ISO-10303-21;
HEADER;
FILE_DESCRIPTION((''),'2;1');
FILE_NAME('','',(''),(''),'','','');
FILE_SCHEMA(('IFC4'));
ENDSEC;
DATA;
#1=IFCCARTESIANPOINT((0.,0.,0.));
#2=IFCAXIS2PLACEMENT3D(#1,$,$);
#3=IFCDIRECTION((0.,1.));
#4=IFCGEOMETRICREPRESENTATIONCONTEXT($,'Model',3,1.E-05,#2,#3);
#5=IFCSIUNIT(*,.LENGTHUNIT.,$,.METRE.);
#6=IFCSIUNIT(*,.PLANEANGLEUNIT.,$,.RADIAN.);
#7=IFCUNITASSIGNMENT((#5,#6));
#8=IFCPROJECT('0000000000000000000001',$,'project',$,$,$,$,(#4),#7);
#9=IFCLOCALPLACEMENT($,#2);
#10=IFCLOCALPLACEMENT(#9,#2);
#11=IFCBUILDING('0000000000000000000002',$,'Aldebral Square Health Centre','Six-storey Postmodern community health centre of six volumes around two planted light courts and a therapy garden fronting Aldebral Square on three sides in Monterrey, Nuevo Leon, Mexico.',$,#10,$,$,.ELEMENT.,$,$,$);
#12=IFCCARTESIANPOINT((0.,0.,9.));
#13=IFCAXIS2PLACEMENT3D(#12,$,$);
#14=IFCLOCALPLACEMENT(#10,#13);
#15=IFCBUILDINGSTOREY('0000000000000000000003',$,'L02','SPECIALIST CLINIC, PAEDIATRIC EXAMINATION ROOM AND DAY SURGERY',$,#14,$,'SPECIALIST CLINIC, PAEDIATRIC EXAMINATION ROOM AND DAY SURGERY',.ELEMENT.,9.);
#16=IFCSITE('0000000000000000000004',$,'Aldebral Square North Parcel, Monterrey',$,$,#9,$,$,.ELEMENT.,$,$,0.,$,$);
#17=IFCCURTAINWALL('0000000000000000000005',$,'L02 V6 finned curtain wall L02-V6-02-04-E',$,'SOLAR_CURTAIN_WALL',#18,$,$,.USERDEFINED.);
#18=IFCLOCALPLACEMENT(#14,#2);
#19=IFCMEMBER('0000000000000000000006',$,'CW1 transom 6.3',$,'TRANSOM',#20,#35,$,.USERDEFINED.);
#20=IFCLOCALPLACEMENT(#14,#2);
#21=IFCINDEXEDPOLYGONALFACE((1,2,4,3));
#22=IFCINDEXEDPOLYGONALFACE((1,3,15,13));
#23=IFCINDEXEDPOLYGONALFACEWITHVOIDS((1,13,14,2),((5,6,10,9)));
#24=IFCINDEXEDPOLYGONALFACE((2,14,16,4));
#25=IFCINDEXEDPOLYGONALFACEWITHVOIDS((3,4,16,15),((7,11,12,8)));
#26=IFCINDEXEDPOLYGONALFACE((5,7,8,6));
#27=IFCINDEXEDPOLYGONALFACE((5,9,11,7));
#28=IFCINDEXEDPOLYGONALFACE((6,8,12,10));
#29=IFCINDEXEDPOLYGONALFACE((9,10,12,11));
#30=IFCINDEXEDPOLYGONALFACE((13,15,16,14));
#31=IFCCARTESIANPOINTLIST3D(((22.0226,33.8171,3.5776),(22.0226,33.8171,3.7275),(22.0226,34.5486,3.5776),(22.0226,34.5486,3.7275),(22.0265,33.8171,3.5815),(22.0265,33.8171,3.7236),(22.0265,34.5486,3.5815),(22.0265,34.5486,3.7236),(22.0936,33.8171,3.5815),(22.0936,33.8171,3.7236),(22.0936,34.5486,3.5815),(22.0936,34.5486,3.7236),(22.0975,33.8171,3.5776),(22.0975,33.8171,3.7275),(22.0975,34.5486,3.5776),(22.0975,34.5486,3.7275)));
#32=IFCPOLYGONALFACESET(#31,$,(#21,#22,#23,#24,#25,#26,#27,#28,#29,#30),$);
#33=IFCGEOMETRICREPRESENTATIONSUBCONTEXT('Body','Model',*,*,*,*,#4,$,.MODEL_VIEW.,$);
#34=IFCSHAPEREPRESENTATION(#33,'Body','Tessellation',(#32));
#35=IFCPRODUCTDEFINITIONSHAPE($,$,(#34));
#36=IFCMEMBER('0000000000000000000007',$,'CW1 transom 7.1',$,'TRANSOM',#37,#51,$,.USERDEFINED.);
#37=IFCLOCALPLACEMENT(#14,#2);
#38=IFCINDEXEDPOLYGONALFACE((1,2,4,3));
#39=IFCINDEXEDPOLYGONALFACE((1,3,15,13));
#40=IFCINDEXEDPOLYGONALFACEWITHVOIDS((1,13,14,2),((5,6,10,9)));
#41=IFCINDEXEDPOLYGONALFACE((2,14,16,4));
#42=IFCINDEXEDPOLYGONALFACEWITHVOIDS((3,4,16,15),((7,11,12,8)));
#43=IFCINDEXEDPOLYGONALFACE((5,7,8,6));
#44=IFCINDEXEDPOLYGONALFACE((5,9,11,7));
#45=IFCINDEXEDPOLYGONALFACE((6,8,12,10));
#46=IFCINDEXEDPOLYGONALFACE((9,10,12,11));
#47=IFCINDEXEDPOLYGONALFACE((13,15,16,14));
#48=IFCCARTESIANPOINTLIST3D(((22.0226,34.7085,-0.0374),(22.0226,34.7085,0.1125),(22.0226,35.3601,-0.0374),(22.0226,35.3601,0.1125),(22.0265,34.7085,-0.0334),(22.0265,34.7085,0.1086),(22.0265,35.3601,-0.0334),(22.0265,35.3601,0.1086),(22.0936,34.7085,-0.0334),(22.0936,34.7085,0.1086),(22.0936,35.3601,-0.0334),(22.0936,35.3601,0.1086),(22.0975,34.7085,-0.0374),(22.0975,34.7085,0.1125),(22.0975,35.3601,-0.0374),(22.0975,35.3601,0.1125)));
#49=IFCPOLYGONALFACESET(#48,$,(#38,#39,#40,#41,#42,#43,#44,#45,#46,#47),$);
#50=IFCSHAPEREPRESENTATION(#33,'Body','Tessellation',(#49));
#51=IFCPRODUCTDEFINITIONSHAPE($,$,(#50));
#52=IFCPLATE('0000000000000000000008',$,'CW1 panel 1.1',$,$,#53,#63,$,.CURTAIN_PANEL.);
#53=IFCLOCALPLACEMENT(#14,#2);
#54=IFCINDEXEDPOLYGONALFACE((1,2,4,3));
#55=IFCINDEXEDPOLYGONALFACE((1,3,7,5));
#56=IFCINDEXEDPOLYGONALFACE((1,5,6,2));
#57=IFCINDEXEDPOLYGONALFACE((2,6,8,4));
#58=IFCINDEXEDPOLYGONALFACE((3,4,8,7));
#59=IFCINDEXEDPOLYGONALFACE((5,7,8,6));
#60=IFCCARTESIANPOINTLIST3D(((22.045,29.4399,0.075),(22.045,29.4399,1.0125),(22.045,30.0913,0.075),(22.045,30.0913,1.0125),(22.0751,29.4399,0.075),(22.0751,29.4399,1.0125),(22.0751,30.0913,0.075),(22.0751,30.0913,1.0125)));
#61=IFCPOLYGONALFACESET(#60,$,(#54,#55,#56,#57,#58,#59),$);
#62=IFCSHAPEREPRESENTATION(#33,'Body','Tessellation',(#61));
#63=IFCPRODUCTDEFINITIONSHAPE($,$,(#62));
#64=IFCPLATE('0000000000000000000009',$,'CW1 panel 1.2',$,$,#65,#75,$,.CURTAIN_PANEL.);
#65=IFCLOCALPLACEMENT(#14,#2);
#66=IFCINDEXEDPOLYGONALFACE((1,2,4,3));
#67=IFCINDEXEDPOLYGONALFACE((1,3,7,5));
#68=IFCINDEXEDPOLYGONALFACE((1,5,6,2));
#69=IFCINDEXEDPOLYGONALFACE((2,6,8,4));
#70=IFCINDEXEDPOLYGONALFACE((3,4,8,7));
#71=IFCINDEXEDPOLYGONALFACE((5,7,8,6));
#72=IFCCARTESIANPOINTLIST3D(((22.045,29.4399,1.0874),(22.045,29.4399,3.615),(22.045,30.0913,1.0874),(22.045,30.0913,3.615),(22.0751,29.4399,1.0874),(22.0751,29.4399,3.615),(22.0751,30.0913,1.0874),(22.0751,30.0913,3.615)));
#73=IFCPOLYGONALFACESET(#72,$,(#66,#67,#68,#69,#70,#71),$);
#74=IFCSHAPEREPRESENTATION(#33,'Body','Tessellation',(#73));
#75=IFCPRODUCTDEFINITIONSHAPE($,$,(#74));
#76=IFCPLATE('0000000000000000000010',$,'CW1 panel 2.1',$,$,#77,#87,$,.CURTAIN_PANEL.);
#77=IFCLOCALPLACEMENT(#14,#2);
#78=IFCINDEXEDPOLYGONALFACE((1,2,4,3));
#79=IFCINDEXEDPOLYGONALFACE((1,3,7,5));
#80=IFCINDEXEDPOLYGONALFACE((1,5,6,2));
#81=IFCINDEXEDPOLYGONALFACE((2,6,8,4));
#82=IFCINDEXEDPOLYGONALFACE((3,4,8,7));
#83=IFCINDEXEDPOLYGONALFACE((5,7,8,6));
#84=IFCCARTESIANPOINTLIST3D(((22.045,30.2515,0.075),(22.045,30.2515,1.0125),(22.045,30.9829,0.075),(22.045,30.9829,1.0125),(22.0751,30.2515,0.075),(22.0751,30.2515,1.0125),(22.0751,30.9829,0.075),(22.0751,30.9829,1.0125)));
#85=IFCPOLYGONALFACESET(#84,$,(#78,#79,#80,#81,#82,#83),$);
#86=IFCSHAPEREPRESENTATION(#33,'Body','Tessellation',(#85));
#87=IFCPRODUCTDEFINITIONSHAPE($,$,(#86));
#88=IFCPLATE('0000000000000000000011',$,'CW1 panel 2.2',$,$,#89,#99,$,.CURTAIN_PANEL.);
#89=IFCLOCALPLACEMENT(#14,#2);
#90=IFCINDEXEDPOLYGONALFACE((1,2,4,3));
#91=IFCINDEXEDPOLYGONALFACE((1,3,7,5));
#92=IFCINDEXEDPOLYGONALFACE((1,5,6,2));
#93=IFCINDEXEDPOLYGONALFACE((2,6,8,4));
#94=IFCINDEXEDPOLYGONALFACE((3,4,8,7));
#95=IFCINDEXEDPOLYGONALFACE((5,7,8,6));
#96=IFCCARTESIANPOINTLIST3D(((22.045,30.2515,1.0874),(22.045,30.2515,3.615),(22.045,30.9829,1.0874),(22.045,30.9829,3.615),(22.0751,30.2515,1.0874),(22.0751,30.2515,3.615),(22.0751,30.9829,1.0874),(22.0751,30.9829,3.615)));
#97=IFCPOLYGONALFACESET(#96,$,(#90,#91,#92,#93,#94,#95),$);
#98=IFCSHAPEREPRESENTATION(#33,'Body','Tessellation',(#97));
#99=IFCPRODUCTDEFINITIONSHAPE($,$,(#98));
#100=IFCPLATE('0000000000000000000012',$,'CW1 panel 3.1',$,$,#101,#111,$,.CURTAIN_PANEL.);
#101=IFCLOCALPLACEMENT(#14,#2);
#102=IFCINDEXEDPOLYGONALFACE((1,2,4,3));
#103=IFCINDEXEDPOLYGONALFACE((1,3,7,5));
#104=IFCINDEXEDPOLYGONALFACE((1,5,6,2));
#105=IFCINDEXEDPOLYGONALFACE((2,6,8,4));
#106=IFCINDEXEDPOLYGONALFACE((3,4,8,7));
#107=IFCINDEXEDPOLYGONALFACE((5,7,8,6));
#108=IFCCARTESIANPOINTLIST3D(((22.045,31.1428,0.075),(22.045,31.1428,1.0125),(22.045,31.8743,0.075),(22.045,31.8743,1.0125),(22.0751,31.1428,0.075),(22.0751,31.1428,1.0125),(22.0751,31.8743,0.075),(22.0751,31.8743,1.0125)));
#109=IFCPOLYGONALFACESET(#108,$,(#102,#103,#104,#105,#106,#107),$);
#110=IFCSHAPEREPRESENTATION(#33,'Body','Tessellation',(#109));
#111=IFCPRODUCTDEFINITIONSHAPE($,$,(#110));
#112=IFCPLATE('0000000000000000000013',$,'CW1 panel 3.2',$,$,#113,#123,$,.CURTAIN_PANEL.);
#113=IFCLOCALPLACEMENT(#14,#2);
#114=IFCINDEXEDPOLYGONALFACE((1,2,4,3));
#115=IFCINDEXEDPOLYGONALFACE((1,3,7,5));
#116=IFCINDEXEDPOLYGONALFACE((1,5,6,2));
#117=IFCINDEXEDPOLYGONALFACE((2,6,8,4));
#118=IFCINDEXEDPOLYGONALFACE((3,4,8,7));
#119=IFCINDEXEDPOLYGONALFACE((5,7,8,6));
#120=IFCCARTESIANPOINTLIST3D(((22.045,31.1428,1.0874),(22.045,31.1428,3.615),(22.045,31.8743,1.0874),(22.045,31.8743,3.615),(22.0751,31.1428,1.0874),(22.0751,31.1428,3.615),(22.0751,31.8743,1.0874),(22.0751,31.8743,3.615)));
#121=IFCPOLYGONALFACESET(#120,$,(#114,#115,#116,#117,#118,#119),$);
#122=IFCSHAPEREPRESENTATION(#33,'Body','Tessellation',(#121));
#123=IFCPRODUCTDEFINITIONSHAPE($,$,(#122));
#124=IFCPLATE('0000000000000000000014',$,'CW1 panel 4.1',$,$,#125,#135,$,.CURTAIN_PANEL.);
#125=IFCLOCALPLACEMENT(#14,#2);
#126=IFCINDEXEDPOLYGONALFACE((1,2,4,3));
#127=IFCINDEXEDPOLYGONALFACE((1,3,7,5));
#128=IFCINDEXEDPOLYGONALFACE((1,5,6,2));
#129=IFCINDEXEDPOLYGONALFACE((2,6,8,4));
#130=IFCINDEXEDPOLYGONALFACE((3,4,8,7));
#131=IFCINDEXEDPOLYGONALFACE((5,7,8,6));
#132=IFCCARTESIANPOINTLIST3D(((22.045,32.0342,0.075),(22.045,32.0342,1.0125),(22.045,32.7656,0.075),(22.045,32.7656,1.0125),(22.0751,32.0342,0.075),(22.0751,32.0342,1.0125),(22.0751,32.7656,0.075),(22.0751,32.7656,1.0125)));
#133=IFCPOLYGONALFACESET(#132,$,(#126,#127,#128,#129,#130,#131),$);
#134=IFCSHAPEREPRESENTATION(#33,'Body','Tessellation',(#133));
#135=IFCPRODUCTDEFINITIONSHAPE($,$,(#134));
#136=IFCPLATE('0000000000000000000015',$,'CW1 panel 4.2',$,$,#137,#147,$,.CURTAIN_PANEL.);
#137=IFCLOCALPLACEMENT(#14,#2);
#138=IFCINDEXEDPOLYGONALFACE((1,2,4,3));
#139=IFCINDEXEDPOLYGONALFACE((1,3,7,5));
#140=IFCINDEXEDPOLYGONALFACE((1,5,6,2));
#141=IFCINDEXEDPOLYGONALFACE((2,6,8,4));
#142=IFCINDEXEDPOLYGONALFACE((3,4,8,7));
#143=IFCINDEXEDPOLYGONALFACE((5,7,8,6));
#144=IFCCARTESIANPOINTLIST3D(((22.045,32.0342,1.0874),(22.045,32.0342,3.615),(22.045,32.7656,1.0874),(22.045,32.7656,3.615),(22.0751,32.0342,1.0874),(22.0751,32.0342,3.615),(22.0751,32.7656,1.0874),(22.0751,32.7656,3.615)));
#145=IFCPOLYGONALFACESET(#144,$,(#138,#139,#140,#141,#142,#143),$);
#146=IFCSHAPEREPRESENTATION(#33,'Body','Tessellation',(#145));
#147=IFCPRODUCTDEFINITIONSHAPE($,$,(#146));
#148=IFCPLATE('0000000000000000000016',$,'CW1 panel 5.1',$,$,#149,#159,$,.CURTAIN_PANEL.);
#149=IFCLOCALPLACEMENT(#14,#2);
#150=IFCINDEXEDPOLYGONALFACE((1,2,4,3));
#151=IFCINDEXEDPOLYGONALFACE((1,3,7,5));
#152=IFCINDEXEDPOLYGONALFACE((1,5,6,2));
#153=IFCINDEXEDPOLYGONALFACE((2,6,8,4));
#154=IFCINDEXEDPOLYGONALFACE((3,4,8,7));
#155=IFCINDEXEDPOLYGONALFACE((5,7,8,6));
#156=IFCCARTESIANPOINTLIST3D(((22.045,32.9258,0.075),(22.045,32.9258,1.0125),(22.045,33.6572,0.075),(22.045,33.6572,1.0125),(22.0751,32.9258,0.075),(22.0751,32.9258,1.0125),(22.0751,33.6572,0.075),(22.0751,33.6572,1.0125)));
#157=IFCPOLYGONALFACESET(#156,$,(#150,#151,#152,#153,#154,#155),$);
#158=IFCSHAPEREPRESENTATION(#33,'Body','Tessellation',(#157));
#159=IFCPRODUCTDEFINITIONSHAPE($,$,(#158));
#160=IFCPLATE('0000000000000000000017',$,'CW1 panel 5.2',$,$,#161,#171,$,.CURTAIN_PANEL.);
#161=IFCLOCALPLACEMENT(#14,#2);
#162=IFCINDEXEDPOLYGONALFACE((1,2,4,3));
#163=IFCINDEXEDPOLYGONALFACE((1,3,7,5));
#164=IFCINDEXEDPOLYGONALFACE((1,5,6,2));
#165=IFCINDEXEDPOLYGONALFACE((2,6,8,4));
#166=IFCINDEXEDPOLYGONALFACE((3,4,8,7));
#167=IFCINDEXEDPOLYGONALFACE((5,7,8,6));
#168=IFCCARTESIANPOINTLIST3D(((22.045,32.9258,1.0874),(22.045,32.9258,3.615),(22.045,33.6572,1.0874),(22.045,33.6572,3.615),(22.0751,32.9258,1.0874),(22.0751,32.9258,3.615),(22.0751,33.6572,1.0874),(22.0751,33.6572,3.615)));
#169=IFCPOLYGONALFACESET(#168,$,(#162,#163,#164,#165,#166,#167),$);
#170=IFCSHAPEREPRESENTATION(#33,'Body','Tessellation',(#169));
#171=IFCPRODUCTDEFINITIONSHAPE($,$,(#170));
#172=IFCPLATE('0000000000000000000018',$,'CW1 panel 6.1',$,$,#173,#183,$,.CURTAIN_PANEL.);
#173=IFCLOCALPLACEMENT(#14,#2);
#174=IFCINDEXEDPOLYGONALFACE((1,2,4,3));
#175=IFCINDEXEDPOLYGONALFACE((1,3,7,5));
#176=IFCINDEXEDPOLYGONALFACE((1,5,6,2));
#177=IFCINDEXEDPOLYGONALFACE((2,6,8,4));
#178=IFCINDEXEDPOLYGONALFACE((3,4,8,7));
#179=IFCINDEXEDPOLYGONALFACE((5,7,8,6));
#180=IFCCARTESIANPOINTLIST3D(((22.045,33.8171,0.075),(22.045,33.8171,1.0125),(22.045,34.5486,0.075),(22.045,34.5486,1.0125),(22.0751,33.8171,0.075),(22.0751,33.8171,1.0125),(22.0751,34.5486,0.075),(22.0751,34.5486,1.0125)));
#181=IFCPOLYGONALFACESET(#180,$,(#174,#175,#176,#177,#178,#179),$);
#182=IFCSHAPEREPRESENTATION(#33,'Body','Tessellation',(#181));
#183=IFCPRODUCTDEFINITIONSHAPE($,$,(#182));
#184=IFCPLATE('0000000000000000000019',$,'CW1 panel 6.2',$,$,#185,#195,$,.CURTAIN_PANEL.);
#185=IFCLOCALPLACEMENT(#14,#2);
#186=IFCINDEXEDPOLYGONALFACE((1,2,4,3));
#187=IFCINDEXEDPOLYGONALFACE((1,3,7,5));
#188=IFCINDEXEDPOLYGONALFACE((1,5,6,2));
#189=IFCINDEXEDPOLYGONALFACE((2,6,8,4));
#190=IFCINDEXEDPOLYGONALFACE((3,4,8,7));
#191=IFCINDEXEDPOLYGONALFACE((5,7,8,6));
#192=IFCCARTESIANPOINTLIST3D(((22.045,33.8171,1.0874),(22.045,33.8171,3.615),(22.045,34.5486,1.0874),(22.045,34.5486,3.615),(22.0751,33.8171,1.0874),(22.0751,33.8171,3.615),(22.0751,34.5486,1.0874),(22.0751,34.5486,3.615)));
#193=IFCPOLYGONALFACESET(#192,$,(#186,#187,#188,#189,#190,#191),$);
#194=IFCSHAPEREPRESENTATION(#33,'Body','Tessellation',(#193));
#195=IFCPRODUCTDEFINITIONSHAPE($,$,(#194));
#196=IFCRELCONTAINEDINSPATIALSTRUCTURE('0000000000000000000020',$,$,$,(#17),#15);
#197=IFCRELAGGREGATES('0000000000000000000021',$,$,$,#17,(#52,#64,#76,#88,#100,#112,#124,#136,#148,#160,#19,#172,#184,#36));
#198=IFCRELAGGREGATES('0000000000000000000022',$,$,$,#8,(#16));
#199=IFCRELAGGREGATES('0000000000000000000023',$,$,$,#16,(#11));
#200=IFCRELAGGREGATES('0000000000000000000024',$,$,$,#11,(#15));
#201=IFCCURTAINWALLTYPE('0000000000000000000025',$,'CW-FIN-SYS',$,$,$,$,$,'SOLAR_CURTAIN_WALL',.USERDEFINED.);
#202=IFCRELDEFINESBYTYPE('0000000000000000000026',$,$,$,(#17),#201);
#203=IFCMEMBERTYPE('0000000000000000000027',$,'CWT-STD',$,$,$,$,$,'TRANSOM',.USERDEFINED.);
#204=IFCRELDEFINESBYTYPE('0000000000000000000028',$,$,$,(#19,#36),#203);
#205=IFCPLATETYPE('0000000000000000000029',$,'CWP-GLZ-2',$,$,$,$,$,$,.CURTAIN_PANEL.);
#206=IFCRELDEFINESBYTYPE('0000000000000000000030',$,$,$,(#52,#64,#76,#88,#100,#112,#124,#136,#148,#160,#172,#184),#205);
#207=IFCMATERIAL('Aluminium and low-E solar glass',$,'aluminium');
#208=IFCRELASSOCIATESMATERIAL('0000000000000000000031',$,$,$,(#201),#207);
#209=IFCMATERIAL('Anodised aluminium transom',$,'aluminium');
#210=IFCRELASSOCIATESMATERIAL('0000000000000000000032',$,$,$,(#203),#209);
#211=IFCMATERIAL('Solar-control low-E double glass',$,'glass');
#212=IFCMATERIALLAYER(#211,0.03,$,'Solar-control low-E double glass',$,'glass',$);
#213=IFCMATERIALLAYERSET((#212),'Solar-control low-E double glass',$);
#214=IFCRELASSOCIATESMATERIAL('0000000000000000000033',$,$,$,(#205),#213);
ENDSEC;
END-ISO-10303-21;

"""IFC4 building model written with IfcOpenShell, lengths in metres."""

from ifc_helpers import new_model, si_unit, direction, frame, origin, origin_2d, place, context, subcontext, project, spatial, rectangle, hollow_rectangle, extrude, material, layer, layer_set, material_profile, profile_set, type_object, element, aggregate, save


model = new_model("IFC4")

# Units and contexts
model_context = context("Model", 3, precision=1e-05, world=origin(), true_north=direction((0.0, 1.0)))
body_context = subcontext(model_context, "Body", "Model", "MODEL_VIEW")
ifc_project = project(units=[si_unit("LENGTHUNIT", "METRE"), si_unit("PLANEANGLEUNIT", "RADIAN")], contexts=[model_context])

# Site, building, storey
site_placement = place(None, origin())
site = spatial("IfcSite", under=ifc_project, at=site_placement, Name="Aldebral Square North Parcel, Monterrey", CompositionType="ELEMENT", RefElevation=0.0)
building_placement = place(site_placement, origin())
building = spatial("IfcBuilding", under=site, at=building_placement, Name="Aldebral Square Health Centre", Description="Six-storey Postmodern community health centre of six volumes around two planted light courts and a therapy garden fronting Aldebral Square on three sides in Monterrey, Nuevo Leon, Mexico.", CompositionType="ELEMENT")
storey_placement = place(building_placement, frame((0.0, 0.0, 9.0)))
storey = spatial("IfcBuildingStorey", under=building, at=storey_placement, Name="L02", Description="SPECIALIST CLINIC, PAEDIATRIC EXAMINATION ROOM AND DAY SURGERY", LongName="SPECIALIST CLINIC, PAEDIATRIC EXAMINATION ROOM AND DAY SURGERY", CompositionType="ELEMENT", Elevation=9.0)

# Curtain wall, members, plates
ifc_material_1 = material(Name="Aluminium and low-E solar glass", Category="aluminium")
curtain_wall_type = type_object("IfcCurtainWallType", Name="CW-FIN-SYS", ElementType="SOLAR_CURTAIN_WALL", PredefinedType="USERDEFINED", material=ifc_material_1)
curtain_wall_placement = place(storey_placement, origin())
curtain_wall = element("IfcCurtainWall", 1, at=curtain_wall_placement, inside=storey, type_object=curtain_wall_type, Name="L02 V6 finned curtain wall L02-V6-02-04-E", ObjectType="SOLAR_CURTAIN_WALL", PredefinedType="USERDEFINED")
ifc_material_2 = material(Name="Anodised aluminium transom", Category="aluminium")
ifc_material_profile_1 = material_profile(ifc_material_2, hollow_rectangle(XDim=0.075, YDim=0.1499, WallThickness=0.0039, at=origin_2d()), Name="CWT 75x150x4")
ifc_profile_set_1 = profile_set([ifc_material_profile_1], Name="Anodised aluminium transom")
member_type_1 = type_object("IfcMemberType", Name="CWT-STD", ElementType="TRANSOM", PredefinedType="USERDEFINED", material=ifc_profile_set_1)
member_1_placement = place(storey_placement, frame((22.0601, 33.8171, 3.6526), z_axis=(0.0, 1.0, 0.0), x_axis=(-1.0, 0.0, 0.0)))
member_1 = element("IfcMember", 2, at=member_1_placement, type_object=member_type_1, Name="CW1 transom 6.3", ObjectType="TRANSOM", PredefinedType="USERDEFINED", context=body_context, shape_type="SweptSolid", body=[
    extrude(hollow_rectangle(XDim=0.075, YDim=0.1499, WallThickness=0.0039, at=origin_2d()), origin(), (0.0, 0.0, 1.0), 0.7314),
])
member_2_placement = place(storey_placement, frame((22.0601, 34.7085, 0.0376), z_axis=(0.0, 1.0, 0.0), x_axis=(-1.0, 0.0, 0.0)))
member_2 = element("IfcMember", 3, at=member_2_placement, type_object=member_type_1, Name="CW1 transom 7.1", ObjectType="TRANSOM", PredefinedType="USERDEFINED", context=body_context, shape_type="SweptSolid", body=[
    extrude(hollow_rectangle(XDim=0.075, YDim=0.1499, WallThickness=0.0039, at=origin_2d()), origin(), (0.0, 0.0, 1.0), 0.6516),
])
ifc_material_3 = material(Name="Solar-control low-E double glass", Category="glass")
ifc_layer = layer(ifc_material_3, 0.03, Name="Solar-control low-E double glass", Category="glass")
ifc_layer_set = layer_set([ifc_layer], Name="Solar-control low-E double glass")
plate_type = type_object("IfcPlateType", Name="CWP-GLZ-2", PredefinedType="CURTAIN_PANEL", material=ifc_layer_set)
plate_1_placement = place(storey_placement, frame((22.0601, 29.7656, 0.075), z_axis=(0.0, 0.0, 1.0), x_axis=(0.0, 1.0, 0.0)))
plate_1 = element("IfcPlate", 4, at=plate_1_placement, type_object=plate_type, Name="CW1 panel 1.1", PredefinedType="CURTAIN_PANEL", context=body_context, shape_type="SweptSolid", body=[
    extrude(rectangle(XDim=0.6514, YDim=0.03, at=origin_2d()), origin(), (0.0, 0.0, 1.0), 0.9375),
])
plate_2_placement = place(storey_placement, frame((22.0601, 29.7656, 1.0874), z_axis=(0.0, 0.0, 1.0), x_axis=(0.0, 1.0, 0.0)))
plate_2 = element("IfcPlate", 5, at=plate_2_placement, type_object=plate_type, Name="CW1 panel 1.2", PredefinedType="CURTAIN_PANEL", context=body_context, shape_type="SweptSolid", body=[
    extrude(rectangle(XDim=0.6514, YDim=0.03, at=origin_2d()), origin(), (0.0, 0.0, 1.0), 2.5276),
])
plate_3_placement = place(storey_placement, frame((22.0601, 30.6172, 0.075), z_axis=(0.0, 0.0, 1.0), x_axis=(0.0, 1.0, 0.0)))
plate_3 = element("IfcPlate", 6, at=plate_3_placement, type_object=plate_type, Name="CW1 panel 2.1", PredefinedType="CURTAIN_PANEL", context=body_context, shape_type="SweptSolid", body=[
    extrude(rectangle(XDim=0.7314, YDim=0.03, at=origin_2d()), origin(), (0.0, 0.0, 1.0), 0.9375),
])
plate_4_placement = place(storey_placement, frame((22.0601, 30.6172, 1.0874), z_axis=(0.0, 0.0, 1.0), x_axis=(0.0, 1.0, 0.0)))
plate_4 = element("IfcPlate", 7, at=plate_4_placement, type_object=plate_type, Name="CW1 panel 2.2", PredefinedType="CURTAIN_PANEL", context=body_context, shape_type="SweptSolid", body=[
    extrude(rectangle(XDim=0.7314, YDim=0.03, at=origin_2d()), origin(), (0.0, 0.0, 1.0), 2.5276),
])
plate_5_placement = place(storey_placement, frame((22.0601, 31.5085, 0.075), z_axis=(0.0, 0.0, 1.0), x_axis=(0.0, 1.0, 0.0)))
plate_5 = element("IfcPlate", 8, at=plate_5_placement, type_object=plate_type, Name="CW1 panel 3.1", PredefinedType="CURTAIN_PANEL", context=body_context, shape_type="SweptSolid", body=[
    extrude(rectangle(XDim=0.7314, YDim=0.03, at=origin_2d()), origin(), (0.0, 0.0, 1.0), 0.9375),
])
plate_6_placement = place(storey_placement, frame((22.0601, 31.5085, 1.0874), z_axis=(0.0, 0.0, 1.0), x_axis=(0.0, 1.0, 0.0)))
plate_6 = element("IfcPlate", 9, at=plate_6_placement, type_object=plate_type, Name="CW1 panel 3.2", PredefinedType="CURTAIN_PANEL", context=body_context, shape_type="SweptSolid", body=[
    extrude(rectangle(XDim=0.7314, YDim=0.03, at=origin_2d()), origin(), (0.0, 0.0, 1.0), 2.5276),
])
plate_7_placement = place(storey_placement, frame((22.0601, 32.3999, 0.075), z_axis=(0.0, 0.0, 1.0), x_axis=(0.0, 1.0, 0.0)))
plate_7 = element("IfcPlate", 10, at=plate_7_placement, type_object=plate_type, Name="CW1 panel 4.1", PredefinedType="CURTAIN_PANEL", context=body_context, shape_type="SweptSolid", body=[
    extrude(rectangle(XDim=0.7314, YDim=0.03, at=origin_2d()), origin(), (0.0, 0.0, 1.0), 0.9375),
])
plate_8_placement = place(storey_placement, frame((22.0601, 32.3999, 1.0874), z_axis=(0.0, 0.0, 1.0), x_axis=(0.0, 1.0, 0.0)))
plate_8 = element("IfcPlate", 11, at=plate_8_placement, type_object=plate_type, Name="CW1 panel 4.2", PredefinedType="CURTAIN_PANEL", context=body_context, shape_type="SweptSolid", body=[
    extrude(rectangle(XDim=0.7314, YDim=0.03, at=origin_2d()), origin(), (0.0, 0.0, 1.0), 2.5276),
])
plate_9_placement = place(storey_placement, frame((22.0601, 33.2915, 0.075), z_axis=(0.0, 0.0, 1.0), x_axis=(0.0, 1.0, 0.0)))
plate_9 = element("IfcPlate", 12, at=plate_9_placement, type_object=plate_type, Name="CW1 panel 5.1", PredefinedType="CURTAIN_PANEL", context=body_context, shape_type="SweptSolid", body=[
    extrude(rectangle(XDim=0.7314, YDim=0.03, at=origin_2d()), origin(), (0.0, 0.0, 1.0), 0.9375),
])
plate_10_placement = place(storey_placement, frame((22.0601, 33.2915, 1.0874), z_axis=(0.0, 0.0, 1.0), x_axis=(0.0, 1.0, 0.0)))
plate_10 = element("IfcPlate", 13, at=plate_10_placement, type_object=plate_type, Name="CW1 panel 5.2", PredefinedType="CURTAIN_PANEL", context=body_context, shape_type="SweptSolid", body=[
    extrude(rectangle(XDim=0.7314, YDim=0.03, at=origin_2d()), origin(), (0.0, 0.0, 1.0), 2.5276),
])
plate_11_placement = place(storey_placement, frame((22.0601, 34.1829, 0.075), z_axis=(0.0, 0.0, 1.0), x_axis=(0.0, 1.0, 0.0)))
plate_11 = element("IfcPlate", 14, at=plate_11_placement, type_object=plate_type, Name="CW1 panel 6.1", PredefinedType="CURTAIN_PANEL", context=body_context, shape_type="SweptSolid", body=[
    extrude(rectangle(XDim=0.7314, YDim=0.03, at=origin_2d()), origin(), (0.0, 0.0, 1.0), 0.9375),
])
plate_12_placement = place(storey_placement, frame((22.0601, 34.1829, 1.0874), z_axis=(0.0, 0.0, 1.0), x_axis=(0.0, 1.0, 0.0)))
plate_12 = element("IfcPlate", 15, at=plate_12_placement, type_object=plate_type, Name="CW1 panel 6.2", PredefinedType="CURTAIN_PANEL", context=body_context, shape_type="SweptSolid", body=[
    extrude(rectangle(XDim=0.7314, YDim=0.03, at=origin_2d()), origin(), (0.0, 0.0, 1.0), 2.5276),
])
aggregate(curtain_wall, [plate_1, plate_2, plate_3, plate_4, plate_5, plate_6, plate_7, plate_8, plate_9, plate_10, member_1, plate_11, plate_12, member_2])

save(model, "model.ifc")
